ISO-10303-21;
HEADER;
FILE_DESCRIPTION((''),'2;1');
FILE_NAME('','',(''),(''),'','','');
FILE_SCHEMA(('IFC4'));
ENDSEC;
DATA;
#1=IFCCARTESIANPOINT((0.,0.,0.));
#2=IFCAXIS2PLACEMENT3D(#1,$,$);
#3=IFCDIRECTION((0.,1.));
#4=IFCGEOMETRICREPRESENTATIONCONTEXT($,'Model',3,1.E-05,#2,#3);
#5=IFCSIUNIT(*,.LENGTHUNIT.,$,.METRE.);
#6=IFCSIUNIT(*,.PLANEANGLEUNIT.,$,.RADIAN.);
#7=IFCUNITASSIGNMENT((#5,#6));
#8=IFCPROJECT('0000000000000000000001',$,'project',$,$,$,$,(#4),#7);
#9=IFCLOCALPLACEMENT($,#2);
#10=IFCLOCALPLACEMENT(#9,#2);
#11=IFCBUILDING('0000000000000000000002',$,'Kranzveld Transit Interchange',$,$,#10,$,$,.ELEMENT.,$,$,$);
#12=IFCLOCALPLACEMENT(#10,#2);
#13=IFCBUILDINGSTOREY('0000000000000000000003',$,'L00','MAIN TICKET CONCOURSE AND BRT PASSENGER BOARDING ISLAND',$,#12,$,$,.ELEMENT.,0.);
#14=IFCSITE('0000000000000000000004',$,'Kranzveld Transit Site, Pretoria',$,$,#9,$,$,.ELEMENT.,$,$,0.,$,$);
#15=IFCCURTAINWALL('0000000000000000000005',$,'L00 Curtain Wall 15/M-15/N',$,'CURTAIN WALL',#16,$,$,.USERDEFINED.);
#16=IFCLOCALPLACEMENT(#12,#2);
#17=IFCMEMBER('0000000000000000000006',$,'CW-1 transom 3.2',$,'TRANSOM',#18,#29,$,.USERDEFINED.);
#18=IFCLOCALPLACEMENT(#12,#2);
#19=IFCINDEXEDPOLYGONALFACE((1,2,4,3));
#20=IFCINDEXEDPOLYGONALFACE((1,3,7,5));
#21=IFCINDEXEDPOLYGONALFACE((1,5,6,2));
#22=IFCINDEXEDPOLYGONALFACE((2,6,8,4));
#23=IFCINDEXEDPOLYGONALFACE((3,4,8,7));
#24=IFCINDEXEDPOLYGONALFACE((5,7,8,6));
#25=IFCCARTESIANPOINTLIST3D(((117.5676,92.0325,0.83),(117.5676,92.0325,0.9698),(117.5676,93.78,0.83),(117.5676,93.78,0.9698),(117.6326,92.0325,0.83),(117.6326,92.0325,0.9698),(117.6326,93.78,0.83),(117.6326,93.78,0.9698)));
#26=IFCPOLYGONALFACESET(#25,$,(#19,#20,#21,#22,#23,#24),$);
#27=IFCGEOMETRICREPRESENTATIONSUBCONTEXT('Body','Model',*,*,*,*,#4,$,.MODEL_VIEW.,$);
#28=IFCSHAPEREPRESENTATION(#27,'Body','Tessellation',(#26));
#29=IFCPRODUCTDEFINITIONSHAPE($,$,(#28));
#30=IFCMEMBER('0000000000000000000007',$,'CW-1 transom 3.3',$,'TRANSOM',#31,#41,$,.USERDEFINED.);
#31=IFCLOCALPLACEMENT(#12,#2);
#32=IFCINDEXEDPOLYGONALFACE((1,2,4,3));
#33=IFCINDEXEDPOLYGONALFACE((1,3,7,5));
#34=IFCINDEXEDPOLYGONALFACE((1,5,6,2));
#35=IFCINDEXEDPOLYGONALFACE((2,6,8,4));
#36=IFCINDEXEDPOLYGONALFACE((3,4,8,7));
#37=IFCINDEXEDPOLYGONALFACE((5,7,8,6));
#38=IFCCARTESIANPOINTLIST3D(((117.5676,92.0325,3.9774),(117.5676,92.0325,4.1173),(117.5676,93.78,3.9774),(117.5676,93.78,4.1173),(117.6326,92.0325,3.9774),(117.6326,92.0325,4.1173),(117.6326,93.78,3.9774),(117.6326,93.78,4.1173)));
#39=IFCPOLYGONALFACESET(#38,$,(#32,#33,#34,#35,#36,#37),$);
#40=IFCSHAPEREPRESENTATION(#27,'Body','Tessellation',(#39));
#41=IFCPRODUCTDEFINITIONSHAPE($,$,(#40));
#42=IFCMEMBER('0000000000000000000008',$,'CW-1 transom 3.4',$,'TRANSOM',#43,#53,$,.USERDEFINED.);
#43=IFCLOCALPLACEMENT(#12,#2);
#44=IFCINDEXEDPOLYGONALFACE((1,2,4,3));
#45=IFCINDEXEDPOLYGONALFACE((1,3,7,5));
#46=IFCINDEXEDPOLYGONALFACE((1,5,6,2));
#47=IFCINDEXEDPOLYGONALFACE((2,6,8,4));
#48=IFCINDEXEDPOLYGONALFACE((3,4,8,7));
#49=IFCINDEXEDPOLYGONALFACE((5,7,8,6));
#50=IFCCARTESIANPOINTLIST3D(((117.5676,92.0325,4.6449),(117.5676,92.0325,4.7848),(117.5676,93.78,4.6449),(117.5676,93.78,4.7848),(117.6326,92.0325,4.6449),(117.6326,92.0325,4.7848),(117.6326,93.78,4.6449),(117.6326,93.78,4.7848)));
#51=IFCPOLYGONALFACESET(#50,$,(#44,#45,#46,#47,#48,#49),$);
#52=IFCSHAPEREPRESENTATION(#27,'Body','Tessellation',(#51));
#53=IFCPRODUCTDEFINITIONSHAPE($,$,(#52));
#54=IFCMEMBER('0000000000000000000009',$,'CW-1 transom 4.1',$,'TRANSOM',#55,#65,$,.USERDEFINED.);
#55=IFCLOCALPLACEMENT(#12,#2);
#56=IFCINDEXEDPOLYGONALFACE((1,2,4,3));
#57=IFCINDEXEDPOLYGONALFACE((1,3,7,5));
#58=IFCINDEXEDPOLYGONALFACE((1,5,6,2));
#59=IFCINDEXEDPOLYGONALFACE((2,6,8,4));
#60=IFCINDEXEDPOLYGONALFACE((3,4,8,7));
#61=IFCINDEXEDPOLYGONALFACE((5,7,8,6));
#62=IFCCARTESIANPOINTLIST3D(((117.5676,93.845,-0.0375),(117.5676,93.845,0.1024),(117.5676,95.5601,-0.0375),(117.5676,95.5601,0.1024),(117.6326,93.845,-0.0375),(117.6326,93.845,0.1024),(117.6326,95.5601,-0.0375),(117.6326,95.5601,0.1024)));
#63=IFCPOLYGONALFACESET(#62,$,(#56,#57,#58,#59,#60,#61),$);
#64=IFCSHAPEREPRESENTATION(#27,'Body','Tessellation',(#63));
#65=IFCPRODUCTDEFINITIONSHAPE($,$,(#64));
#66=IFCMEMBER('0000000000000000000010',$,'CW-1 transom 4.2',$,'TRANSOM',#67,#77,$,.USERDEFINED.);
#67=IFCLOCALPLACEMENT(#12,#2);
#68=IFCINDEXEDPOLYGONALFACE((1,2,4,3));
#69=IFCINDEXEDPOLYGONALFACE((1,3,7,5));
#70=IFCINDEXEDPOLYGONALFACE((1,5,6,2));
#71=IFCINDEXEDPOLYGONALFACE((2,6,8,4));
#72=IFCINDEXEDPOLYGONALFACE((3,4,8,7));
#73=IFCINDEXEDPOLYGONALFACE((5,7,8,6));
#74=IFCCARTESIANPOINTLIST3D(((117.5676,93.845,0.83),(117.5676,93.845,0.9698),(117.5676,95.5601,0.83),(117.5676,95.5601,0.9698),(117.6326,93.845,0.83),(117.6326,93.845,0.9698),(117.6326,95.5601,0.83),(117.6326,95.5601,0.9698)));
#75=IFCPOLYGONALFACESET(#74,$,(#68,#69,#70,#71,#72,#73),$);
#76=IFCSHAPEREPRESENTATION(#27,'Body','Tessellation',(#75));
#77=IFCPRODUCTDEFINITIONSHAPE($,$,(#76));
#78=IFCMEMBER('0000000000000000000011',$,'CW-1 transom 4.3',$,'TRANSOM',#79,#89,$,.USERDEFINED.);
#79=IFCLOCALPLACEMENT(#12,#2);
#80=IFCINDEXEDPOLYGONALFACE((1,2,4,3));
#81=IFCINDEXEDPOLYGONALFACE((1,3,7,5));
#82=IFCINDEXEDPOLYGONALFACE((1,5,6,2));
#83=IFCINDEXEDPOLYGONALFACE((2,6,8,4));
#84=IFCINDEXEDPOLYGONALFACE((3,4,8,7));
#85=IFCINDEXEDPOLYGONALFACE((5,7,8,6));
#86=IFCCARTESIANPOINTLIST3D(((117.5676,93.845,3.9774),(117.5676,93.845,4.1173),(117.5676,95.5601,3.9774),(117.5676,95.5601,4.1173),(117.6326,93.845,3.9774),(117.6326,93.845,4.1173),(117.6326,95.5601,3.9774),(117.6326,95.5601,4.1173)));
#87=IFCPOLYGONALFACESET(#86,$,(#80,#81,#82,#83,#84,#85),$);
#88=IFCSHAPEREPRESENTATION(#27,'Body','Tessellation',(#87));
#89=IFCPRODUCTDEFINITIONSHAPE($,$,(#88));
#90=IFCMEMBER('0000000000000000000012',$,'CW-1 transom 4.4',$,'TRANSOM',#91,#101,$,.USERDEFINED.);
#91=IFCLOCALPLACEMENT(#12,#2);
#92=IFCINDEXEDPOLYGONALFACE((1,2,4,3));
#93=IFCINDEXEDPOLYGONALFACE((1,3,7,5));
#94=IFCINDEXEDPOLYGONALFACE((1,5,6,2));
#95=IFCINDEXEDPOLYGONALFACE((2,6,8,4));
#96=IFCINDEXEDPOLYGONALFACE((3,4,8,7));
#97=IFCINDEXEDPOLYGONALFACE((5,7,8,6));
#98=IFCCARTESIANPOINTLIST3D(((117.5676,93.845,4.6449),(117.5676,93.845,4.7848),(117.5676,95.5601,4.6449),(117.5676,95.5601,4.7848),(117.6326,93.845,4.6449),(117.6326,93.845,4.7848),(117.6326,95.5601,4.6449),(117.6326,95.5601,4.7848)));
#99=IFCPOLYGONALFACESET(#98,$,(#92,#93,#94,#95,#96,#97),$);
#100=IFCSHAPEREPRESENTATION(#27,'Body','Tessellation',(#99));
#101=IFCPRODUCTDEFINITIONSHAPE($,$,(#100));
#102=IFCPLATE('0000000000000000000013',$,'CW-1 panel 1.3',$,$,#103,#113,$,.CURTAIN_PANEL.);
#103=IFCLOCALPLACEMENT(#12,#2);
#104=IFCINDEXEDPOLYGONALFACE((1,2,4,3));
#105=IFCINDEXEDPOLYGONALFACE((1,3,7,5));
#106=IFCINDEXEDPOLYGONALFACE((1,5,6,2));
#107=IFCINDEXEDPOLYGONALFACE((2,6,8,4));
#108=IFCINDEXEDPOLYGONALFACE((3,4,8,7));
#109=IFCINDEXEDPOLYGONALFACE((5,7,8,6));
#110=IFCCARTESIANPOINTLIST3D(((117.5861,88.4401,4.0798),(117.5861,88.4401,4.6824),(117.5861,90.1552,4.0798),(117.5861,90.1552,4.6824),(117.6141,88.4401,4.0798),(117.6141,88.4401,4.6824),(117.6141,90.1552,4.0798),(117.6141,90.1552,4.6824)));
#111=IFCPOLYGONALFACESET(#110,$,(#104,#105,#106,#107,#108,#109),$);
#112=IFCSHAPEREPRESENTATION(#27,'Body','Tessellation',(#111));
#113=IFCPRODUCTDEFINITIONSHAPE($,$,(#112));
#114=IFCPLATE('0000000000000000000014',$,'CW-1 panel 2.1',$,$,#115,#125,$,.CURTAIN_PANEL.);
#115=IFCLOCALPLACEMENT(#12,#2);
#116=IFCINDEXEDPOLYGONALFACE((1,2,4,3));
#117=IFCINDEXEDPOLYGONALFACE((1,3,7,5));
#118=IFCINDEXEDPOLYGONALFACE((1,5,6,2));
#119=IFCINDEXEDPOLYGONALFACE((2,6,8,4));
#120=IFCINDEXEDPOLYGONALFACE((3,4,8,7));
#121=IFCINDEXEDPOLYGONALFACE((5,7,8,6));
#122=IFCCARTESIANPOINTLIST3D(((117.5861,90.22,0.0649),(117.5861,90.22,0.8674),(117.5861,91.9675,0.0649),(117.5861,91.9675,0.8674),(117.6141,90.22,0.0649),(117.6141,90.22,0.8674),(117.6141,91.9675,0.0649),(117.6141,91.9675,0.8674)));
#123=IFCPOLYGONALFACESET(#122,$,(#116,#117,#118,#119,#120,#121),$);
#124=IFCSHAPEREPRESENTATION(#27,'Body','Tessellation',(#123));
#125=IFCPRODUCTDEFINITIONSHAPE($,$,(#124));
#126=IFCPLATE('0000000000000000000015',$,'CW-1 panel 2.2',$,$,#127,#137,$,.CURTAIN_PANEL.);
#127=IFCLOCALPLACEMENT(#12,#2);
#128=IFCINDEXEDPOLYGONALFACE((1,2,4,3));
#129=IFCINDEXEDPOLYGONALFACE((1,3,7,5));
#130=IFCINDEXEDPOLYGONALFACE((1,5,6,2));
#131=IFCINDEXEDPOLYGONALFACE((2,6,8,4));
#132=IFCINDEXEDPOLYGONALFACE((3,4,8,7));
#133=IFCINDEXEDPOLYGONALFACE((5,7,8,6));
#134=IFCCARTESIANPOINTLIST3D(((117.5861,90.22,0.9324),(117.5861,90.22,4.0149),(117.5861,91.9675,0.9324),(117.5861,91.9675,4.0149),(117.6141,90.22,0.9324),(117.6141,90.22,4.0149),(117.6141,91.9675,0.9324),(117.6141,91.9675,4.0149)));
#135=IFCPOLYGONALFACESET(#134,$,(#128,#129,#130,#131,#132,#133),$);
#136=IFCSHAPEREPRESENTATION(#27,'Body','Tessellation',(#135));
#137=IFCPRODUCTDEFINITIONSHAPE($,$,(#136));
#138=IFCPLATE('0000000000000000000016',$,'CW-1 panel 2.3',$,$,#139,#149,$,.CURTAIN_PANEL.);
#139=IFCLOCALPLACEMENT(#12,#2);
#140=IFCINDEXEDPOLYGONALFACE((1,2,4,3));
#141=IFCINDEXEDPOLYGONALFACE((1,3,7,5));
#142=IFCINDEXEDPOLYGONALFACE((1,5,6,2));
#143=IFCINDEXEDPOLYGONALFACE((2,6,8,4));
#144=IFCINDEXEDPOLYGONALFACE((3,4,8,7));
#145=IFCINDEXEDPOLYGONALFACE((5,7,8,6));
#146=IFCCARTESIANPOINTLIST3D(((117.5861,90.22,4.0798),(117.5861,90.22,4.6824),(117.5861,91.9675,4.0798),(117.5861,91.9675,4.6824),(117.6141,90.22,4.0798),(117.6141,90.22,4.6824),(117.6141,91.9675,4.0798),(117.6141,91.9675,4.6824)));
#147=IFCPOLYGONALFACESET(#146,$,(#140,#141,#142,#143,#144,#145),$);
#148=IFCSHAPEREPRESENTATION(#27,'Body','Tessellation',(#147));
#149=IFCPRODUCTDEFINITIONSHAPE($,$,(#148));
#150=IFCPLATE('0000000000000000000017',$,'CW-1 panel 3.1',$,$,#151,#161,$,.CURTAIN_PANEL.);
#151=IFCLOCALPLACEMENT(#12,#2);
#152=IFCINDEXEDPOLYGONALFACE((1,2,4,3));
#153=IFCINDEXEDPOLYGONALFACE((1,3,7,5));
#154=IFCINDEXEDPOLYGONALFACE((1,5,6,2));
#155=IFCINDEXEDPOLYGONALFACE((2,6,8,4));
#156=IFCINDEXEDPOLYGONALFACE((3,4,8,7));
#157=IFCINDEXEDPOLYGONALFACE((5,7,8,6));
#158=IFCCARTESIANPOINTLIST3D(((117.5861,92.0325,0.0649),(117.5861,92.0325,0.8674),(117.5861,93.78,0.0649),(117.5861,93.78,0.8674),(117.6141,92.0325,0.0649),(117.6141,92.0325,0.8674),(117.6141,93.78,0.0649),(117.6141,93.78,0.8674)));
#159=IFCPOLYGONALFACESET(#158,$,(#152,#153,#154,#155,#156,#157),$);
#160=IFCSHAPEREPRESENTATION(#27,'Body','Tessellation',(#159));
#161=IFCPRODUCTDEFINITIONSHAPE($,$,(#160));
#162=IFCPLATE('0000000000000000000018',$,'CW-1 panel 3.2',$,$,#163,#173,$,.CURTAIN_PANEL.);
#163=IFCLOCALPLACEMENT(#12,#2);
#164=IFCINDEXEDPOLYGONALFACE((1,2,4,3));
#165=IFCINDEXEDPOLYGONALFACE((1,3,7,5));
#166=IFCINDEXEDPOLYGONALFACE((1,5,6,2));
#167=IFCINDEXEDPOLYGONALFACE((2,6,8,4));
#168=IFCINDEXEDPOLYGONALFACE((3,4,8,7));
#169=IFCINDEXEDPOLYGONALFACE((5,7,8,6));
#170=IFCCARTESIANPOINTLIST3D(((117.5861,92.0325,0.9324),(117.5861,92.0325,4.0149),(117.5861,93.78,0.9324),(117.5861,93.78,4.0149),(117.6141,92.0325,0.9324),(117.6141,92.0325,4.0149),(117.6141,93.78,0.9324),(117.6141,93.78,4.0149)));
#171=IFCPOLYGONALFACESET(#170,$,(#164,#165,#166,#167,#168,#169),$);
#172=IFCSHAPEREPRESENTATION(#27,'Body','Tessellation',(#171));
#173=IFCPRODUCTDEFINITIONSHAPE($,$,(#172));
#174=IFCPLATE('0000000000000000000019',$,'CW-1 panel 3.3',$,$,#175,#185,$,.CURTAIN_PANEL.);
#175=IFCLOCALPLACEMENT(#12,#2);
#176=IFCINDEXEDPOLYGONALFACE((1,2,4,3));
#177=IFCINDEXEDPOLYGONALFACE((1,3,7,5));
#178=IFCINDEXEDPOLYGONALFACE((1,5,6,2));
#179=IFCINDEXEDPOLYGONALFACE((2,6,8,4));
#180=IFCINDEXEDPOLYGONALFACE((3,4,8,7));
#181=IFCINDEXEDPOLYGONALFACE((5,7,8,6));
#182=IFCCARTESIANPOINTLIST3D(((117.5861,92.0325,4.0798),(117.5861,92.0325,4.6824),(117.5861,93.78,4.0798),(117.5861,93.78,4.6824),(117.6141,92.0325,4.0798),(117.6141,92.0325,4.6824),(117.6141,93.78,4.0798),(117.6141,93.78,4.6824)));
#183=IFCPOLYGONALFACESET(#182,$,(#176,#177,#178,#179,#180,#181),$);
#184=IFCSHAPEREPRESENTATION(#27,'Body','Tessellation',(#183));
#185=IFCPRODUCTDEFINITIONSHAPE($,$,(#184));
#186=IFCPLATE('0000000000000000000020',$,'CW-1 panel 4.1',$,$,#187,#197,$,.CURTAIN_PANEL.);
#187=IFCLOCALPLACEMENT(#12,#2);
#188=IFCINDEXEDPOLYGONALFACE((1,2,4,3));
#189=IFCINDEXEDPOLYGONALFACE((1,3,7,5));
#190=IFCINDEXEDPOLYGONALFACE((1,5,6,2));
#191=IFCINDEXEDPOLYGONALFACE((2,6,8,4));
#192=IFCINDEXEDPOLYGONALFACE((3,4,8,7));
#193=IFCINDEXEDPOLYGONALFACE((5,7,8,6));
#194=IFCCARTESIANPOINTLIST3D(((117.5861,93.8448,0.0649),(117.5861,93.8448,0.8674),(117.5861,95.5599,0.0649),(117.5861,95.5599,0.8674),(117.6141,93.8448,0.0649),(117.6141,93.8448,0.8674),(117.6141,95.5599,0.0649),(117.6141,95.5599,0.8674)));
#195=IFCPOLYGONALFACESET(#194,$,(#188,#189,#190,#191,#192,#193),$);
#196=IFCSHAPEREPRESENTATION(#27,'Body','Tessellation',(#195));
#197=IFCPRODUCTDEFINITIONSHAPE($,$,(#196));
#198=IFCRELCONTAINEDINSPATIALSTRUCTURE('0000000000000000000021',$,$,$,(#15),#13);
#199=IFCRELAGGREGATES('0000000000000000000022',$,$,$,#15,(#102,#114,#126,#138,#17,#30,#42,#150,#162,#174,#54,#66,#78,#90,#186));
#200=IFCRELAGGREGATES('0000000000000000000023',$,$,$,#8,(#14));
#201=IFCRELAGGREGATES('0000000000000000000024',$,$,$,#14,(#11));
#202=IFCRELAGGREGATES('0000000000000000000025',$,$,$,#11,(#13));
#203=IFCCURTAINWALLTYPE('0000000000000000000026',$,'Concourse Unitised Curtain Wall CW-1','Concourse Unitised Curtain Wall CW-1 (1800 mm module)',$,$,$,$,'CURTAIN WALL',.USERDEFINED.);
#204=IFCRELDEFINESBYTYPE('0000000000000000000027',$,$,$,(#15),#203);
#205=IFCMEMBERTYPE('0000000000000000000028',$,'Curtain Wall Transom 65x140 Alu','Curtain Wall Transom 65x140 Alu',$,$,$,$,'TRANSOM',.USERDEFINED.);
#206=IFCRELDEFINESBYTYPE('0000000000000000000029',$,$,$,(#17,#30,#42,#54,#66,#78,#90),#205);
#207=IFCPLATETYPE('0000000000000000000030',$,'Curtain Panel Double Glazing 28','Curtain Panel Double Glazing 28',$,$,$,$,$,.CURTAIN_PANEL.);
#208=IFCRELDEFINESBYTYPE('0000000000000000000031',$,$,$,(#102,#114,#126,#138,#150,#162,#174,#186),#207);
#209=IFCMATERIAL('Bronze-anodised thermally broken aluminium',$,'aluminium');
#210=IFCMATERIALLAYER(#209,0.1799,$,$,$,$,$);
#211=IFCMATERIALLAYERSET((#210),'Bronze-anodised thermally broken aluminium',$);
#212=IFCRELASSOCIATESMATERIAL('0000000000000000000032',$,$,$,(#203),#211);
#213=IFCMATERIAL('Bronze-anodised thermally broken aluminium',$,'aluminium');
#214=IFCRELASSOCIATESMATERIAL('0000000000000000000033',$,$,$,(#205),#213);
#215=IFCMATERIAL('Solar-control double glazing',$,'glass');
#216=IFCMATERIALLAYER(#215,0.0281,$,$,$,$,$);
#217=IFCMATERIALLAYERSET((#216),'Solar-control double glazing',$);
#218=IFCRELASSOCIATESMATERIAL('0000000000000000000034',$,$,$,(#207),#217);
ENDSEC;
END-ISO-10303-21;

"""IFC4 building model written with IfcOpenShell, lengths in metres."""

from ifc_helpers import new_model, si_unit, direction, frame, origin, origin_2d, place, context, subcontext, project, spatial, rectangle, extrude, material, layer, layer_set, material_profile, profile_set, type_object, element, aggregate, save


model = new_model("IFC4")

# Units and contexts
model_context = context("Model", 3, precision=1e-05, world=origin(), true_north=direction((0.0, 1.0)))
body_context = subcontext(model_context, "Body", "Model", "MODEL_VIEW")
ifc_project = project(units=[si_unit("LENGTHUNIT", "METRE"), si_unit("PLANEANGLEUNIT", "RADIAN")], contexts=[model_context])

# Site, building, storey
site_placement = place(None, origin())
site = spatial("IfcSite", under=ifc_project, at=site_placement, Name="Kranzveld Transit Site, Pretoria", CompositionType="ELEMENT", RefElevation=0.0)
building_placement = place(site_placement, origin())
building = spatial("IfcBuilding", under=site, at=building_placement, Name="Kranzveld Transit Interchange", CompositionType="ELEMENT")
storey_placement = place(building_placement, origin())
storey = spatial("IfcBuildingStorey", under=building, at=storey_placement, Name="L00", Description="MAIN TICKET CONCOURSE AND BRT PASSENGER BOARDING ISLAND", CompositionType="ELEMENT", Elevation=0.0)

# Curtain wall, members, plates
ifc_material_1 = material(Name="Bronze-anodised thermally broken aluminium", Category="aluminium")
ifc_layer_1 = layer(ifc_material_1, 0.1799)
ifc_layer_set_1 = layer_set([ifc_layer_1], Name="Bronze-anodised thermally broken aluminium")
curtain_wall_type = type_object("IfcCurtainWallType", Name="Concourse Unitised Curtain Wall CW-1", Description="Concourse Unitised Curtain Wall CW-1 (1800 mm module)", ElementType="CURTAIN WALL", PredefinedType="USERDEFINED", material=ifc_layer_set_1)
curtain_wall_placement = place(storey_placement, origin())
curtain_wall = element("IfcCurtainWall", 1, at=curtain_wall_placement, inside=storey, type_object=curtain_wall_type, Name="L00 Curtain Wall 15/M-15/N", ObjectType="CURTAIN WALL", PredefinedType="USERDEFINED")
ifc_material_2 = material(Name="Bronze-anodised thermally broken aluminium", Category="aluminium")
ifc_material_profile_1 = material_profile(ifc_material_2, rectangle(XDim=0.0649, YDim=0.1399, at=origin_2d()), Name="ALU TRANSOM 65x140")
ifc_profile_set_1 = profile_set([ifc_material_profile_1], Name="Bronze-anodised thermally broken aluminium")
member_type_1 = type_object("IfcMemberType", Name="Curtain Wall Transom 65x140 Alu", Description="Curtain Wall Transom 65x140 Alu", ElementType="TRANSOM", PredefinedType="USERDEFINED", material=ifc_profile_set_1)
member_1_placement = place(storey_placement, frame((117.6001, 92.0325, 0.8999), z_axis=(0.0, 1.0, 0.0), x_axis=(-1.0, 0.0, 0.0)))
member_1 = element("IfcMember", 2, at=member_1_placement, type_object=member_type_1, Name="CW-1 transom 3.2", ObjectType="TRANSOM", PredefinedType="USERDEFINED", context=body_context, shape_type="SweptSolid", body=[
    extrude(rectangle(XDim=0.0649, YDim=0.1399, at=origin_2d()), origin(), (0.0, 0.0, 1.0), 1.7476),
])
member_2_placement = place(storey_placement, frame((117.6001, 92.0325, 4.0474), z_axis=(0.0, 1.0, 0.0), x_axis=(-1.0, 0.0, 0.0)))
member_2 = element("IfcMember", 3, at=member_2_placement, type_object=member_type_1, Name="CW-1 transom 3.3", ObjectType="TRANSOM", PredefinedType="USERDEFINED", context=body_context, shape_type="SweptSolid", body=[
    extrude(rectangle(XDim=0.0649, YDim=0.1399, at=origin_2d()), origin(), (0.0, 0.0, 1.0), 1.7476),
])
member_3_placement = place(storey_placement, frame((117.6001, 92.0325, 4.7148), z_axis=(0.0, 1.0, 0.0), x_axis=(-1.0, 0.0, 0.0)))
member_3 = element("IfcMember", 4, at=member_3_placement, type_object=member_type_1, Name="CW-1 transom 3.4", ObjectType="TRANSOM", PredefinedType="USERDEFINED", context=body_context, shape_type="SweptSolid", body=[
    extrude(rectangle(XDim=0.0649, YDim=0.1399, at=origin_2d()), origin(), (0.0, 0.0, 1.0), 1.7476),
])
member_4_placement = place(storey_placement, frame((117.6001, 93.845, 0.0325), z_axis=(0.0, 1.0, 0.0), x_axis=(-1.0, 0.0, 0.0)))
member_4 = element("IfcMember", 5, at=member_4_placement, type_object=member_type_1, Name="CW-1 transom 4.1", ObjectType="TRANSOM", PredefinedType="USERDEFINED", context=body_context, shape_type="SweptSolid", body=[
    extrude(rectangle(XDim=0.0649, YDim=0.1399, at=origin_2d()), origin(), (0.0, 0.0, 1.0), 1.7151),
])
member_5_placement = place(storey_placement, frame((117.6001, 93.845, 0.8999), z_axis=(0.0, 1.0, 0.0), x_axis=(-1.0, 0.0, 0.0)))
member_5 = element("IfcMember", 6, at=member_5_placement, type_object=member_type_1, Name="CW-1 transom 4.2", ObjectType="TRANSOM", PredefinedType="USERDEFINED", context=body_context, shape_type="SweptSolid", body=[
    extrude(rectangle(XDim=0.0649, YDim=0.1399, at=origin_2d()), origin(), (0.0, 0.0, 1.0), 1.7151),
])
member_6_placement = place(storey_placement, frame((117.6001, 93.845, 4.0474), z_axis=(0.0, 1.0, 0.0), x_axis=(-1.0, 0.0, 0.0)))
member_6 = element("IfcMember", 7, at=member_6_placement, type_object=member_type_1, Name="CW-1 transom 4.3", ObjectType="TRANSOM", PredefinedType="USERDEFINED", context=body_context, shape_type="SweptSolid", body=[
    extrude(rectangle(XDim=0.0649, YDim=0.1399, at=origin_2d()), origin(), (0.0, 0.0, 1.0), 1.7151),
])
member_7_placement = place(storey_placement, frame((117.6001, 93.845, 4.7148), z_axis=(0.0, 1.0, 0.0), x_axis=(-1.0, 0.0, 0.0)))
member_7 = element("IfcMember", 8, at=member_7_placement, type_object=member_type_1, Name="CW-1 transom 4.4", ObjectType="TRANSOM", PredefinedType="USERDEFINED", context=body_context, shape_type="SweptSolid", body=[
    extrude(rectangle(XDim=0.0649, YDim=0.1399, at=origin_2d()), origin(), (0.0, 0.0, 1.0), 1.7151),
])
ifc_material_3 = material(Name="Solar-control double glazing", Category="glass")
ifc_layer_2 = layer(ifc_material_3, 0.0281)
ifc_layer_set_2 = layer_set([ifc_layer_2], Name="Solar-control double glazing")
plate_type = type_object("IfcPlateType", Name="Curtain Panel Double Glazing 28", Description="Curtain Panel Double Glazing 28", PredefinedType="CURTAIN_PANEL", material=ifc_layer_set_2)
plate_1_placement = place(storey_placement, frame((117.6001, 89.2976, 4.0798), z_axis=(0.0, 0.0, 1.0), x_axis=(0.0, 1.0, 0.0)))
plate_1 = element("IfcPlate", 9, at=plate_1_placement, type_object=plate_type, Name="CW-1 panel 1.3", PredefinedType="CURTAIN_PANEL", context=body_context, shape_type="SweptSolid", body=[
    extrude(rectangle(XDim=1.7151, YDim=0.0281, at=origin_2d()), origin(), (0.0, 0.0, 1.0), 0.6025),
])
plate_2_placement = place(storey_placement, frame((117.6001, 91.0938, 0.0649), z_axis=(0.0, 0.0, 1.0), x_axis=(0.0, 1.0, 0.0)))
plate_2 = element("IfcPlate", 10, at=plate_2_placement, type_object=plate_type, Name="CW-1 panel 2.1", PredefinedType="CURTAIN_PANEL", context=body_context, shape_type="SweptSolid", body=[
    extrude(rectangle(XDim=1.7476, YDim=0.0281, at=origin_2d()), origin(), (0.0, 0.0, 1.0), 0.8025),
])
plate_3_placement = place(storey_placement, frame((117.6001, 91.0938, 0.9324), z_axis=(0.0, 0.0, 1.0), x_axis=(0.0, 1.0, 0.0)))
plate_3 = element("IfcPlate", 11, at=plate_3_placement, type_object=plate_type, Name="CW-1 panel 2.2", PredefinedType="CURTAIN_PANEL", context=body_context, shape_type="SweptSolid", body=[
    extrude(rectangle(XDim=1.7476, YDim=0.0281, at=origin_2d()), origin(), (0.0, 0.0, 1.0), 3.0825),
])
plate_4_placement = place(storey_placement, frame((117.6001, 91.0938, 4.0798), z_axis=(0.0, 0.0, 1.0), x_axis=(0.0, 1.0, 0.0)))
plate_4 = element("IfcPlate", 12, at=plate_4_placement, type_object=plate_type, Name="CW-1 panel 2.3", PredefinedType="CURTAIN_PANEL", context=body_context, shape_type="SweptSolid", body=[
    extrude(rectangle(XDim=1.7476, YDim=0.0281, at=origin_2d()), origin(), (0.0, 0.0, 1.0), 0.6025),
])
plate_5_placement = place(storey_placement, frame((117.6001, 92.9062, 0.0649), z_axis=(0.0, 0.0, 1.0), x_axis=(0.0, 1.0, 0.0)))
plate_5 = element("IfcPlate", 13, at=plate_5_placement, type_object=plate_type, Name="CW-1 panel 3.1", PredefinedType="CURTAIN_PANEL", context=body_context, shape_type="SweptSolid", body=[
    extrude(rectangle(XDim=1.7476, YDim=0.0281, at=origin_2d()), origin(), (0.0, 0.0, 1.0), 0.8025),
])
plate_6_placement = place(storey_placement, frame((117.6001, 92.9062, 0.9324), z_axis=(0.0, 0.0, 1.0), x_axis=(0.0, 1.0, 0.0)))
plate_6 = element("IfcPlate", 14, at=plate_6_placement, type_object=plate_type, Name="CW-1 panel 3.2", PredefinedType="CURTAIN_PANEL", context=body_context, shape_type="SweptSolid", body=[
    extrude(rectangle(XDim=1.7476, YDim=0.0281, at=origin_2d()), origin(), (0.0, 0.0, 1.0), 3.0825),
])
plate_7_placement = place(storey_placement, frame((117.6001, 92.9062, 4.0798), z_axis=(0.0, 0.0, 1.0), x_axis=(0.0, 1.0, 0.0)))
plate_7 = element("IfcPlate", 15, at=plate_7_placement, type_object=plate_type, Name="CW-1 panel 3.3", PredefinedType="CURTAIN_PANEL", context=body_context, shape_type="SweptSolid", body=[
    extrude(rectangle(XDim=1.7476, YDim=0.0281, at=origin_2d()), origin(), (0.0, 0.0, 1.0), 0.6025),
])
plate_8_placement = place(storey_placement, frame((117.6001, 94.7024, 0.0649), z_axis=(0.0, 0.0, 1.0), x_axis=(0.0, 1.0, 0.0)))
plate_8 = element("IfcPlate", 16, at=plate_8_placement, type_object=plate_type, Name="CW-1 panel 4.1", PredefinedType="CURTAIN_PANEL", context=body_context, shape_type="SweptSolid", body=[
    extrude(rectangle(XDim=1.7151, YDim=0.0281, at=origin_2d()), origin(), (0.0, 0.0, 1.0), 0.8025),
])
aggregate(curtain_wall, [plate_1, plate_2, plate_3, plate_4, member_1, member_2, member_3, plate_5, plate_6, plate_7, member_4, member_5, member_6, member_7, plate_8])

save(model, "model.ifc")
